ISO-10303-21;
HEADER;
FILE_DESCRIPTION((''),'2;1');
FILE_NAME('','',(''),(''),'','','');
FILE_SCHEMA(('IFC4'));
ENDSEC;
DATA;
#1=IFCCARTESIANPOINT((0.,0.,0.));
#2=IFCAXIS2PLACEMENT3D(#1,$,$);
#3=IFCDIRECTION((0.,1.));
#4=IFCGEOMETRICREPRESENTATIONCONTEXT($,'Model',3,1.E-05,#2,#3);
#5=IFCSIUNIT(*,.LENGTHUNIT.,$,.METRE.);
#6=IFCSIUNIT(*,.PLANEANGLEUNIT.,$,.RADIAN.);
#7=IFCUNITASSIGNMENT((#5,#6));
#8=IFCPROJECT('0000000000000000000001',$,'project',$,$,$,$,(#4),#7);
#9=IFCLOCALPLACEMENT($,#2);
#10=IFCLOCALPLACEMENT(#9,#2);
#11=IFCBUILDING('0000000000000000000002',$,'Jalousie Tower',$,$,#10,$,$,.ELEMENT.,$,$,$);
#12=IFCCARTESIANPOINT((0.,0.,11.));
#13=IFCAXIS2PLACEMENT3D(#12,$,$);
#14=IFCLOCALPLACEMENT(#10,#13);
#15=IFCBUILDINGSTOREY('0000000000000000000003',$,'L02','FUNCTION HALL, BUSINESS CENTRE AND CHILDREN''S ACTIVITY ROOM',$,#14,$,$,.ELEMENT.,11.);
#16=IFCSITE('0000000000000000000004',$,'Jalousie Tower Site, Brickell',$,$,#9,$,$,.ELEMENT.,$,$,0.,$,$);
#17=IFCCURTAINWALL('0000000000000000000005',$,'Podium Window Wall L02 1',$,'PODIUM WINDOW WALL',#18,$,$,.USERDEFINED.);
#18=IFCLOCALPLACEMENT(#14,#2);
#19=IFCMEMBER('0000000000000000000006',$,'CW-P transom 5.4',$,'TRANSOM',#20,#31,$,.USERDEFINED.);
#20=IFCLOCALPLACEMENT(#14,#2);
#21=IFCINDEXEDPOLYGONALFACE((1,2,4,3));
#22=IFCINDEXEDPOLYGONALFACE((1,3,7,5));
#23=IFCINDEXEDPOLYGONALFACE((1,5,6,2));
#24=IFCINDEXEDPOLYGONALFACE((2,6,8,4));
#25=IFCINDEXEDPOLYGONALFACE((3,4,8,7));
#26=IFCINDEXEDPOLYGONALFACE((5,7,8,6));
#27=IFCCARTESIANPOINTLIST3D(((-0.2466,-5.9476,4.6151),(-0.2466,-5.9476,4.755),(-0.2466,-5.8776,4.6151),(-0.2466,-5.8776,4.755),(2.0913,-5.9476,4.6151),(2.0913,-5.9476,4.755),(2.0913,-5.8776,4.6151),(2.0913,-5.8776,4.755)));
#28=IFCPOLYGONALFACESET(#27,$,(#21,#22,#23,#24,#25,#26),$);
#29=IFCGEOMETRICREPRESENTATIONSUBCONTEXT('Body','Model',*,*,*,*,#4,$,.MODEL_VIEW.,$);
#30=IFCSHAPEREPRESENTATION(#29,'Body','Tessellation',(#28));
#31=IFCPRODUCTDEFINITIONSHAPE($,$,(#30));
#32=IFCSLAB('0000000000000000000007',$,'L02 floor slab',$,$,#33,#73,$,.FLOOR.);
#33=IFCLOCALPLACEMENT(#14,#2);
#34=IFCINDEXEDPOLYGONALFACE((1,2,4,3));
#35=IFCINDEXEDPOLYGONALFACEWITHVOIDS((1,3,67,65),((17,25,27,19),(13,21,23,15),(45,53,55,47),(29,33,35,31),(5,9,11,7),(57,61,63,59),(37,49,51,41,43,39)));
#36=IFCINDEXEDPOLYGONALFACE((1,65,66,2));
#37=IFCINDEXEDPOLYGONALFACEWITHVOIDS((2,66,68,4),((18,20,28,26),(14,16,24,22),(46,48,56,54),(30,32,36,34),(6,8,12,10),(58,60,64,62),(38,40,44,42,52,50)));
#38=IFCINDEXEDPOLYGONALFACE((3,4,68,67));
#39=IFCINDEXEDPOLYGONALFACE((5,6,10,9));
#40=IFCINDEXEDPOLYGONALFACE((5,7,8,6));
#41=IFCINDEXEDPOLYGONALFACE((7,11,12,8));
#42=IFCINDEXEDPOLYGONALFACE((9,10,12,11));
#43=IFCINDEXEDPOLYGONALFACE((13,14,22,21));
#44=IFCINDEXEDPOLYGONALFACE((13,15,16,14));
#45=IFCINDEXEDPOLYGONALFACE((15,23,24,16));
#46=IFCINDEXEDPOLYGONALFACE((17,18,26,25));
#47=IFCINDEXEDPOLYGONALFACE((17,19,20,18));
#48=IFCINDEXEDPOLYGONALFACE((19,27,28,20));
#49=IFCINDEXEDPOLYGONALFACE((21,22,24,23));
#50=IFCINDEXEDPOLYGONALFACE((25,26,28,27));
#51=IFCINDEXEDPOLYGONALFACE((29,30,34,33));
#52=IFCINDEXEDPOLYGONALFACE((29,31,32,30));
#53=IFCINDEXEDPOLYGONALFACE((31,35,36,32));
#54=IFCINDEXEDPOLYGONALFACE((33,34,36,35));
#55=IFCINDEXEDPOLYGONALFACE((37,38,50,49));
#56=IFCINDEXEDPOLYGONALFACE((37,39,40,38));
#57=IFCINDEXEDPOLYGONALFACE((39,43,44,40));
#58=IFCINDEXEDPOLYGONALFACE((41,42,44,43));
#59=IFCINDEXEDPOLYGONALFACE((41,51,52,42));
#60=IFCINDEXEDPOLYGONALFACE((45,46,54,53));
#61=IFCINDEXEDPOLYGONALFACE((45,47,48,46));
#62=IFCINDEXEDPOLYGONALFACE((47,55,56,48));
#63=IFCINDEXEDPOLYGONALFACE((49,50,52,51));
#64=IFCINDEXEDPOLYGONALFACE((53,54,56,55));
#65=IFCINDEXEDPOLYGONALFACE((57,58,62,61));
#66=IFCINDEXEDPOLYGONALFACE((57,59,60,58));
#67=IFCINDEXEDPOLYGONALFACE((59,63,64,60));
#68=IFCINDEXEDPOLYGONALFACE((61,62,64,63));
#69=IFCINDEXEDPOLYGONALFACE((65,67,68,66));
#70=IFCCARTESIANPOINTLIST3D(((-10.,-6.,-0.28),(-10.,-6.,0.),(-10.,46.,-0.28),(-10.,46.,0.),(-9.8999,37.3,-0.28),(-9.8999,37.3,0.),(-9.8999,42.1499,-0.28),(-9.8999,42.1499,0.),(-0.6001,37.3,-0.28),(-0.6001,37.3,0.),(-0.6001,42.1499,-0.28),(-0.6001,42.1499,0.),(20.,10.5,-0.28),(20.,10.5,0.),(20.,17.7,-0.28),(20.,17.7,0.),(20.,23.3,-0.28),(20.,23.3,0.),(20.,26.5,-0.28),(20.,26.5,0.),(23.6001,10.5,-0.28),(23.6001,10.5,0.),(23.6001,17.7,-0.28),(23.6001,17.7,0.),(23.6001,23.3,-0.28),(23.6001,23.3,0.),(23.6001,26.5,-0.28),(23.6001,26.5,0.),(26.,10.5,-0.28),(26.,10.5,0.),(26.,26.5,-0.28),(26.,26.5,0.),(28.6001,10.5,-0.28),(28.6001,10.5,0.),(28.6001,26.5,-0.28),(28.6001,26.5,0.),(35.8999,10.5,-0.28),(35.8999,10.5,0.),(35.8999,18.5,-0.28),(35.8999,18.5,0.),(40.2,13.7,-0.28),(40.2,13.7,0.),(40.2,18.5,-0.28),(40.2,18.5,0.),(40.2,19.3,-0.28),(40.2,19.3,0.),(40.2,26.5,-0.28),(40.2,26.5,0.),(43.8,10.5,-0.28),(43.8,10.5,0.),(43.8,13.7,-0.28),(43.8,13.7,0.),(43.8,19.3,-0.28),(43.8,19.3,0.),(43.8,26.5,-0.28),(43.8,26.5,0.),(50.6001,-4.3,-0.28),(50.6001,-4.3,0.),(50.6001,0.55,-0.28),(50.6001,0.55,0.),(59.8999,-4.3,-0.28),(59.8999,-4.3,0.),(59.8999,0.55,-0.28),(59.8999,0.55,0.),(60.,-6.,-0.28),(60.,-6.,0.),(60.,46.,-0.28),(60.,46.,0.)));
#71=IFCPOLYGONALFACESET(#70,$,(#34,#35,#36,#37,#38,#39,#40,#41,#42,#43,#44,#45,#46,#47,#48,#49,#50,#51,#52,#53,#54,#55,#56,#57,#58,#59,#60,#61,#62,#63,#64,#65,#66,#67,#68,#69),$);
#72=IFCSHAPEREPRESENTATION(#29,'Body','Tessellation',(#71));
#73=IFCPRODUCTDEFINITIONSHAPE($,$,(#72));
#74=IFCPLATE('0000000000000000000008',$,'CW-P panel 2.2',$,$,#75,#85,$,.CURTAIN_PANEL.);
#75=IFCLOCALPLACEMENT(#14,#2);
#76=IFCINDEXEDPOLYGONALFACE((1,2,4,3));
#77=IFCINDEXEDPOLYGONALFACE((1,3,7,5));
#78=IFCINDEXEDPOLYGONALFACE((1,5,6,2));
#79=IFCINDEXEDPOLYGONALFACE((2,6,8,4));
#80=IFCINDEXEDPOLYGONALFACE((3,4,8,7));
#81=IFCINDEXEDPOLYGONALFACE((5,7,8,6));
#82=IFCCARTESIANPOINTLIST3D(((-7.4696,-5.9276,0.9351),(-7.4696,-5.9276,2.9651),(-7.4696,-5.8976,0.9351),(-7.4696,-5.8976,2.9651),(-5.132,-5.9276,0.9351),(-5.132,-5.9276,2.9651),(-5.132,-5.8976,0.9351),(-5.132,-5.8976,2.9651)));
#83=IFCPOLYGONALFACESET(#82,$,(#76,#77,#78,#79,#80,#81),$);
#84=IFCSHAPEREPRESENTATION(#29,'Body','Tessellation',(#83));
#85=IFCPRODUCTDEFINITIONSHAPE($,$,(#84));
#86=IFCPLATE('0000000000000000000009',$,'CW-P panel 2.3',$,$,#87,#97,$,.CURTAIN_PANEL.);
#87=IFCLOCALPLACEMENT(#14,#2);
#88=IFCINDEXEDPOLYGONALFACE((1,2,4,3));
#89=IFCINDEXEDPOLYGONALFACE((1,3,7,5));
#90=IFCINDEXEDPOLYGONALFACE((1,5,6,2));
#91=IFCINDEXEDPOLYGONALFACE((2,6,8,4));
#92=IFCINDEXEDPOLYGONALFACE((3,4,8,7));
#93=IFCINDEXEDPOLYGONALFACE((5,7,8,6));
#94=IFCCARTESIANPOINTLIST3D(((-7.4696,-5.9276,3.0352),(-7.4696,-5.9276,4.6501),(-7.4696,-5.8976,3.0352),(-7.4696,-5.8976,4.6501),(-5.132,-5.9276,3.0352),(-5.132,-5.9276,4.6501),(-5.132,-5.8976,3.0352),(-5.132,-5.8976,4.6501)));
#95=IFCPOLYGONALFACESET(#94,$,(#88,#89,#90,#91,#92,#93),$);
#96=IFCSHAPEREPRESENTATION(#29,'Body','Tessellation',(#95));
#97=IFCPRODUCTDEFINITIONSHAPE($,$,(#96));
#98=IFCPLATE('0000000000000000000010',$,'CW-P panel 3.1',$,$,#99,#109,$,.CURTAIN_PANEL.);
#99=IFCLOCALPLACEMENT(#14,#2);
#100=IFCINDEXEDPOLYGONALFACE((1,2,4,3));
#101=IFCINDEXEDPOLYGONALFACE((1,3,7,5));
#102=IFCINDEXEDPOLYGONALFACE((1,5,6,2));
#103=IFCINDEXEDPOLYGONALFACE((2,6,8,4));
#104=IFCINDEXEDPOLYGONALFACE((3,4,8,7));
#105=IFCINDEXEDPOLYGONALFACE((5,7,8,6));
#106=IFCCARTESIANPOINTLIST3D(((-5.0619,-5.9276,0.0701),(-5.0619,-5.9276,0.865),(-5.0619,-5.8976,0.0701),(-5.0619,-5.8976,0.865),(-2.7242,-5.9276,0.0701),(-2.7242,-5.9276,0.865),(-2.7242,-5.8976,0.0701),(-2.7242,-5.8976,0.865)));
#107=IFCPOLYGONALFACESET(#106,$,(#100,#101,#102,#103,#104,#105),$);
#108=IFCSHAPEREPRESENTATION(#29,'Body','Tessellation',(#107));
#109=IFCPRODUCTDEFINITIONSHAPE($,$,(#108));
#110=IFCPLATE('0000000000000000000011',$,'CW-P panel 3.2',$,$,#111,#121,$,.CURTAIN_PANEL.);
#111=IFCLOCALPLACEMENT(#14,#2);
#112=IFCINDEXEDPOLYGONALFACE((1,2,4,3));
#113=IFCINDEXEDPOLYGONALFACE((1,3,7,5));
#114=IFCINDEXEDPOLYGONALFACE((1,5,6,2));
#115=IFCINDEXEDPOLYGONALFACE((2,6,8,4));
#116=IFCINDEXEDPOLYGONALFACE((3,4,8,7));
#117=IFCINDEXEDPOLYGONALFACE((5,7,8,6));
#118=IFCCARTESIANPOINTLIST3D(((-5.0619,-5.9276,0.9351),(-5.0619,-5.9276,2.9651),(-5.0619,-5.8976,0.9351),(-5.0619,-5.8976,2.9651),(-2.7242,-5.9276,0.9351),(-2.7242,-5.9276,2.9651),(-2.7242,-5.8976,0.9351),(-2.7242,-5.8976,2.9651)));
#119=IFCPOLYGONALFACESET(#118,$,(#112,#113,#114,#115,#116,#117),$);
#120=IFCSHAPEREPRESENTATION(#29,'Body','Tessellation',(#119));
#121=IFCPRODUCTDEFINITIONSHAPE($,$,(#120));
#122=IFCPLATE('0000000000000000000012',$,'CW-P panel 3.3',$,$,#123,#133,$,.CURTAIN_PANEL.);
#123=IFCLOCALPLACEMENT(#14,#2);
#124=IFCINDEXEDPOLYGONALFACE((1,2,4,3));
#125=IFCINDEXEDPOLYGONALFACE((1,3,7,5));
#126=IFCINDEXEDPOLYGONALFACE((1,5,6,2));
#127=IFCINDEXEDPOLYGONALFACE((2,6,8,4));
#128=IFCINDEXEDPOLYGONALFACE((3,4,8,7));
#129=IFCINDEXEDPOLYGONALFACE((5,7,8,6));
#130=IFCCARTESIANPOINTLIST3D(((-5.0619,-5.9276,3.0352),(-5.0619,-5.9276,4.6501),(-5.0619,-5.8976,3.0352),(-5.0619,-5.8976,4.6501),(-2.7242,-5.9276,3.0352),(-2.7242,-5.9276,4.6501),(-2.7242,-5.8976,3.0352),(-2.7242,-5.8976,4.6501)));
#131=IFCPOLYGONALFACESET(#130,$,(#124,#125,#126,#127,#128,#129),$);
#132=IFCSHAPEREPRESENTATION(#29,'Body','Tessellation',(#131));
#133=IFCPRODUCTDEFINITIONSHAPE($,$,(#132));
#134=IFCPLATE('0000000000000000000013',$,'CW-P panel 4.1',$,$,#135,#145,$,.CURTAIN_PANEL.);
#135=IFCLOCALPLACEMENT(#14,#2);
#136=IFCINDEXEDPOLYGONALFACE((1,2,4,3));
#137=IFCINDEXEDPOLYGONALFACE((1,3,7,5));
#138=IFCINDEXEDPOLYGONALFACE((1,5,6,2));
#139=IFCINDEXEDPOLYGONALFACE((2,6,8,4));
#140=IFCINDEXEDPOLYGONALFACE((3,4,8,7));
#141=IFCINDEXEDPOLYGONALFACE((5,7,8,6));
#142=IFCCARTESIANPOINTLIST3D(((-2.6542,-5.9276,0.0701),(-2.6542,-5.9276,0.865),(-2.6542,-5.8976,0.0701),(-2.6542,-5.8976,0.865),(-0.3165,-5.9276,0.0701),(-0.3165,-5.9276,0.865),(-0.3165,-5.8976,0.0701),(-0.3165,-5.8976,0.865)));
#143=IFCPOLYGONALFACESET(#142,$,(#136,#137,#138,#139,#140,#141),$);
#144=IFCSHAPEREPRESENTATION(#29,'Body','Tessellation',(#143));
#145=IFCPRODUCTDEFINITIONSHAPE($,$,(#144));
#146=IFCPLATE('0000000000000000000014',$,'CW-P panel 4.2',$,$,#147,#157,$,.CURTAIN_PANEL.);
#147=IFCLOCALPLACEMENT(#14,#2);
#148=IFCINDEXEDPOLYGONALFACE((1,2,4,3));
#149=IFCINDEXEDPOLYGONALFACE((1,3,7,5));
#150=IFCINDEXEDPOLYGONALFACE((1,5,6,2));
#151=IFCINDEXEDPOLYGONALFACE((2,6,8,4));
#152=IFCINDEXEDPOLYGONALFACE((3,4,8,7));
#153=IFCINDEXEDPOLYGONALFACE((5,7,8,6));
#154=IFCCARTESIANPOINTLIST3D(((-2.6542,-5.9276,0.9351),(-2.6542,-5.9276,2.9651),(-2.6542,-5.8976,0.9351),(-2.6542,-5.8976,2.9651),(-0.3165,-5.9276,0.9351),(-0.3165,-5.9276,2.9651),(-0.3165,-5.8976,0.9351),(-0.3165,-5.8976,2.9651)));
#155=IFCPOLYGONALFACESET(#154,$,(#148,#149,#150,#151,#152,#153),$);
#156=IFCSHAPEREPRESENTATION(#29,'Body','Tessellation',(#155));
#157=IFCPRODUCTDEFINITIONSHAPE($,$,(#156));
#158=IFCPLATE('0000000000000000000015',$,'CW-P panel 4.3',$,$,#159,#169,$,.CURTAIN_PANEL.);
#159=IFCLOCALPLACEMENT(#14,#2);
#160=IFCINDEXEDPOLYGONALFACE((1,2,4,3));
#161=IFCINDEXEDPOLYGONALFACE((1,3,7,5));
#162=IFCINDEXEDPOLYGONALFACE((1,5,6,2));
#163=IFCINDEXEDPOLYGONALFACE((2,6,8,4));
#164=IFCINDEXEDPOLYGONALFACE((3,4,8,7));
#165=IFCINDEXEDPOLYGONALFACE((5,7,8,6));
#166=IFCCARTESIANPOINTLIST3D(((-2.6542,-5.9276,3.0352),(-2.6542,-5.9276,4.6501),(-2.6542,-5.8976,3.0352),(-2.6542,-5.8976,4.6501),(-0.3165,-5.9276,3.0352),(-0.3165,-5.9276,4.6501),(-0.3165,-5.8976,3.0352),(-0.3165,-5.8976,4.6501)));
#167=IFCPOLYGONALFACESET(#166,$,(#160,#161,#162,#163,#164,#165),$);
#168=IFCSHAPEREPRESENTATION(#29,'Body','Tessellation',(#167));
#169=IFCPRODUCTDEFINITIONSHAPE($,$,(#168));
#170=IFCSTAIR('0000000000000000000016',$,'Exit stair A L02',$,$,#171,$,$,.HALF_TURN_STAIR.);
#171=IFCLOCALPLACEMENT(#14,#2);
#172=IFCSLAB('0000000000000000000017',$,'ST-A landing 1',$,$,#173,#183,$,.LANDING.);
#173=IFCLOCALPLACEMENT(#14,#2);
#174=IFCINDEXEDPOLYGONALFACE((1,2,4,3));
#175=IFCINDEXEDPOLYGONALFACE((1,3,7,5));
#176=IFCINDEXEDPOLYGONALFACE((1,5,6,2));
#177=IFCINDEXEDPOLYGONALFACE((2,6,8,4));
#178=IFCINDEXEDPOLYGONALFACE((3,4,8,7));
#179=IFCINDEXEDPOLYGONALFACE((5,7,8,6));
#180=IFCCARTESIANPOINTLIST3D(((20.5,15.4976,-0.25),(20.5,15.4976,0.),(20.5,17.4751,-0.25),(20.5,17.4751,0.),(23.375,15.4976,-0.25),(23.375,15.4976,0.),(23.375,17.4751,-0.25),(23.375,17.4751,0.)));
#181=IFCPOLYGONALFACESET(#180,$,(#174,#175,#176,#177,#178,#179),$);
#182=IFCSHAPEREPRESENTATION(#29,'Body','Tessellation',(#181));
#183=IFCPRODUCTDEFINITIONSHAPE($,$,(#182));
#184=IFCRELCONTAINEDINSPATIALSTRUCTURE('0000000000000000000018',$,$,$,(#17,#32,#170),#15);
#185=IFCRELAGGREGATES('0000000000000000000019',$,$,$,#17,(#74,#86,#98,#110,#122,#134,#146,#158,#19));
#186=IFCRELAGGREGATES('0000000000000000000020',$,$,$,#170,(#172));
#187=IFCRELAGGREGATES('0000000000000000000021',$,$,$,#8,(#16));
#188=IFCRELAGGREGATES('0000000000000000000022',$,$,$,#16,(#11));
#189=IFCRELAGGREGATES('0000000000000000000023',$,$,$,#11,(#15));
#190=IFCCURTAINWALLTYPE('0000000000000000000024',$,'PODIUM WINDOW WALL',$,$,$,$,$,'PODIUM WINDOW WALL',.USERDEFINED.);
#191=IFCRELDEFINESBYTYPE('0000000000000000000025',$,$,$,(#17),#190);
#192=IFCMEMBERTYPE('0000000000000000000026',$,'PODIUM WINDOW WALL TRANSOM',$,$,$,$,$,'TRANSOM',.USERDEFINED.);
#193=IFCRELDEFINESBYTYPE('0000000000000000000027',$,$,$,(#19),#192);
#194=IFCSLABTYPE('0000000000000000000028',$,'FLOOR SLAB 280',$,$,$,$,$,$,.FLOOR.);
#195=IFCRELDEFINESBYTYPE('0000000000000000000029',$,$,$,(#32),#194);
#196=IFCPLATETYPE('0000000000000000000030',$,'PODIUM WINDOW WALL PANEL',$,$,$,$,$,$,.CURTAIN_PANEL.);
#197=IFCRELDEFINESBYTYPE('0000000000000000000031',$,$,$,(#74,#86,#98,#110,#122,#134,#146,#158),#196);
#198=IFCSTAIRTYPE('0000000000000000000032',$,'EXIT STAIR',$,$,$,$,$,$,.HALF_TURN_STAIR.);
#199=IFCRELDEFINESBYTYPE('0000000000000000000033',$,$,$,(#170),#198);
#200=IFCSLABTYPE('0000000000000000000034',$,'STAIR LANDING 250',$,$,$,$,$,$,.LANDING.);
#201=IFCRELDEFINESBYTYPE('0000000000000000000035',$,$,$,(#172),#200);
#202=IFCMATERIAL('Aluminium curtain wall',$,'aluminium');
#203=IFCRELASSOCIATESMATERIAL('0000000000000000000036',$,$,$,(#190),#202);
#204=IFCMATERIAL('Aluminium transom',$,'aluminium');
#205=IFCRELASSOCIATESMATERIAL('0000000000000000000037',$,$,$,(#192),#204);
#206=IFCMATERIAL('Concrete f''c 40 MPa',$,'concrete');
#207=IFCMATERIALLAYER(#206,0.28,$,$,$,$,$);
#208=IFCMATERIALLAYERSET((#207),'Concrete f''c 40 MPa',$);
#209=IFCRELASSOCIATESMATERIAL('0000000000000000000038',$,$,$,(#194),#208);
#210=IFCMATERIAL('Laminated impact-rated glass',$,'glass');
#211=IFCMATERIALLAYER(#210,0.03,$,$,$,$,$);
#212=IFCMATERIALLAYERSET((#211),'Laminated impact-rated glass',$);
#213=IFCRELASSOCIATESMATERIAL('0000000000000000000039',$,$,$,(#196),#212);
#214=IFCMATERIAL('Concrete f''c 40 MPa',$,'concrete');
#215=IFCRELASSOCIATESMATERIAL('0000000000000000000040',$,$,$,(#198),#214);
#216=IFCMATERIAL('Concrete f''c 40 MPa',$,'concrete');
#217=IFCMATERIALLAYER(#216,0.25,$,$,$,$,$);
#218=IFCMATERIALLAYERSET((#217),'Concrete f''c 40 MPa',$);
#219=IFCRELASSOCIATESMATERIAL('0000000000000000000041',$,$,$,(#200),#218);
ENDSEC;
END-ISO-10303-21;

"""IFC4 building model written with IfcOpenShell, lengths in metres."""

from ifc_helpers import new_model, si_unit, direction, frame, origin, origin_2d, place, context, subcontext, project, spatial, polyline, rectangle, outline, extrude, material, layer, layer_set, material_profile, profile_set, type_object, element, aggregate, save


model = new_model("IFC4")

# Units and contexts
model_context = context("Model", 3, precision=1e-05, world=origin(), true_north=direction((0.0, 1.0)))
body_context = subcontext(model_context, "Body", "Model", "MODEL_VIEW")
ifc_project = project(units=[si_unit("LENGTHUNIT", "METRE"), si_unit("PLANEANGLEUNIT", "RADIAN")], contexts=[model_context])

# Site, building, storey
site_placement = place(None, origin())
site = spatial("IfcSite", under=ifc_project, at=site_placement, Name="Jalousie Tower Site, Brickell", CompositionType="ELEMENT", RefElevation=0.0)
building_placement = place(site_placement, origin())
building = spatial("IfcBuilding", under=site, at=building_placement, Name="Jalousie Tower", CompositionType="ELEMENT")
storey_placement = place(building_placement, frame((0.0, 0.0, 11.0)))
storey = spatial("IfcBuildingStorey", under=building, at=storey_placement, Name="L02", Description="FUNCTION HALL, BUSINESS CENTRE AND CHILDREN'S ACTIVITY ROOM", CompositionType="ELEMENT", Elevation=11.0)

# Curtain wall, member
ifc_material_1 = material(Name="Aluminium curtain wall", Category="aluminium")
curtain_wall_type = type_object("IfcCurtainWallType", Name="PODIUM WINDOW WALL", ElementType="PODIUM WINDOW WALL", PredefinedType="USERDEFINED", material=ifc_material_1)
curtain_wall_placement = place(storey_placement, origin())
curtain_wall = element("IfcCurtainWall", 1, at=curtain_wall_placement, inside=storey, type_object=curtain_wall_type, Name="Podium Window Wall L02 1", ObjectType="PODIUM WINDOW WALL", PredefinedType="USERDEFINED")
ifc_material_2 = material(Name="Aluminium transom", Category="aluminium")
ifc_material_profile_1 = material_profile(ifc_material_2, rectangle(XDim=0.0701, YDim=0.1399, at=origin_2d()), Name="TRANSOM 70x140")
ifc_profile_set_1 = profile_set([ifc_material_profile_1], Name="Aluminium transom")
member_type_1 = type_object("IfcMemberType", Name="PODIUM WINDOW WALL TRANSOM", ElementType="TRANSOM", PredefinedType="USERDEFINED", material=ifc_profile_set_1)
member_1_placement = place(storey_placement, frame((-0.2466, -5.9126, 4.6851), z_axis=(1.0, 0.0, 0.0), x_axis=(0.0, 1.0, 0.0)))
member_1 = element("IfcMember", 2, at=member_1_placement, type_object=member_type_1, Name="CW-P transom 5.4", ObjectType="TRANSOM", PredefinedType="USERDEFINED", context=body_context, shape_type="SweptSolid", body=[
    extrude(rectangle(XDim=0.0701, YDim=0.1399, at=origin_2d()), origin(), (0.0, 0.0, 1.0), 2.3379),
])

# Slab
ifc_material_3 = material(Name="Concrete f'c 40 MPa", Category="concrete")
ifc_layer_1 = layer(ifc_material_3, 0.28)
ifc_layer_set_1 = layer_set([ifc_layer_1], Name="Concrete f'c 40 MPa")
slab_type_1 = type_object("IfcSlabType", Name="FLOOR SLAB 280", PredefinedType="FLOOR", material=ifc_layer_set_1)
slab_1_placement = place(storey_placement, frame((0.0, 0.0, -0.28)))
element("IfcSlab", 3, at=slab_1_placement, inside=storey, type_object=slab_type_1, Name="L02 floor slab", PredefinedType="FLOOR", context=body_context, shape_type="SweptSolid", body=[
    extrude(outline(polyline([(-10.0, -6.0), (60.0, -6.0), (60.0, 46.0), (-10.0, 46.0), (-10.0, -6.0)]), holes=[polyline([(26.0, 10.5), (26.0, 26.5), (28.6001, 26.5), (28.6001, 10.5), (26.0, 10.5)]), polyline([(20.0, 10.5), (23.6001, 10.5), (23.6001, 17.7), (20.0, 17.7), (20.0, 10.5)]), polyline([(20.0, 23.3), (23.6001, 23.3), (23.6001, 26.5), (20.0, 26.5), (20.0, 23.3)]), polyline([(-9.8999, 37.3), (-0.6001, 37.3), (-0.6001, 42.1499), (-9.8999, 42.1499), (-9.8999, 37.3)]), polyline([(50.6001, -4.3), (59.8999, -4.3), (59.8999, 0.55), (50.6001, 0.55), (50.6001, -4.3)]), polyline([(43.8, 10.5), (35.8999, 10.5), (35.8999, 18.5), (40.2, 18.5), (40.2, 13.7), (43.8, 13.7), (43.8, 10.5)]), polyline([(40.2, 19.3), (43.8, 19.3), (43.8, 26.5), (40.2, 26.5), (40.2, 19.3)])]), origin(), (0.0, 0.0, 1.0), 0.28),
])

# Plates
ifc_material_4 = material(Name="Laminated impact-rated glass", Category="glass")
ifc_layer_2 = layer(ifc_material_4, 0.03)
ifc_layer_set_2 = layer_set([ifc_layer_2], Name="Laminated impact-rated glass")
plate_type = type_object("IfcPlateType", Name="PODIUM WINDOW WALL PANEL", PredefinedType="CURTAIN_PANEL", material=ifc_layer_set_2)
plate_1_placement = place(storey_placement, frame((-6.3008, -5.9126, 0.9351), z_axis=(0.0, 0.0, 1.0), x_axis=(1.0, 0.0, 0.0)))
plate_1 = element("IfcPlate", 4, at=plate_1_placement, type_object=plate_type, Name="CW-P panel 2.2", PredefinedType="CURTAIN_PANEL", context=body_context, shape_type="SweptSolid", body=[
    extrude(rectangle(XDim=2.3376, YDim=0.03, at=origin_2d()), origin(), (0.0, 0.0, 1.0), 2.03),
])
plate_2_placement = place(storey_placement, frame((-6.3008, -5.9126, 3.0352), z_axis=(0.0, 0.0, 1.0), x_axis=(1.0, 0.0, 0.0)))
plate_2 = element("IfcPlate", 5, at=plate_2_placement, type_object=plate_type, Name="CW-P panel 2.3", PredefinedType="CURTAIN_PANEL", context=body_context, shape_type="SweptSolid", body=[
    extrude(rectangle(XDim=2.3376, YDim=0.03, at=origin_2d()), origin(), (0.0, 0.0, 1.0), 1.615),
])
plate_3_placement = place(storey_placement, frame((-3.8931, -5.9126, 0.0701), z_axis=(0.0, 0.0, 1.0), x_axis=(1.0, 0.0, 0.0)))
plate_3 = element("IfcPlate", 6, at=plate_3_placement, type_object=plate_type, Name="CW-P panel 3.1", PredefinedType="CURTAIN_PANEL", context=body_context, shape_type="SweptSolid", body=[
    extrude(rectangle(XDim=2.3376, YDim=0.03, at=origin_2d()), origin(), (0.0, 0.0, 1.0), 0.7949),
])
plate_4_placement = place(storey_placement, frame((-3.8931, -5.9126, 0.9351), z_axis=(0.0, 0.0, 1.0), x_axis=(1.0, 0.0, 0.0)))
plate_4 = element("IfcPlate", 7, at=plate_4_placement, type_object=plate_type, Name="CW-P panel 3.2", PredefinedType="CURTAIN_PANEL", context=body_context, shape_type="SweptSolid", body=[
    extrude(rectangle(XDim=2.3376, YDim=0.03, at=origin_2d()), origin(), (0.0, 0.0, 1.0), 2.03),
])
plate_5_placement = place(storey_placement, frame((-3.8931, -5.9126, 3.0352), z_axis=(0.0, 0.0, 1.0), x_axis=(1.0, 0.0, 0.0)))
plate_5 = element("IfcPlate", 8, at=plate_5_placement, type_object=plate_type, Name="CW-P panel 3.3", PredefinedType="CURTAIN_PANEL", context=body_context, shape_type="SweptSolid", body=[
    extrude(rectangle(XDim=2.3376, YDim=0.03, at=origin_2d()), origin(), (0.0, 0.0, 1.0), 1.615),
])
plate_6_placement = place(storey_placement, frame((-1.4854, -5.9126, 0.0701), z_axis=(0.0, 0.0, 1.0), x_axis=(1.0, 0.0, 0.0)))
plate_6 = element("IfcPlate", 9, at=plate_6_placement, type_object=plate_type, Name="CW-P panel 4.1", PredefinedType="CURTAIN_PANEL", context=body_context, shape_type="SweptSolid", body=[
    extrude(rectangle(XDim=2.3376, YDim=0.03, at=origin_2d()), origin(), (0.0, 0.0, 1.0), 0.7949),
])
plate_7_placement = place(storey_placement, frame((-1.4854, -5.9126, 0.9351), z_axis=(0.0, 0.0, 1.0), x_axis=(1.0, 0.0, 0.0)))
plate_7 = element("IfcPlate", 10, at=plate_7_placement, type_object=plate_type, Name="CW-P panel 4.2", PredefinedType="CURTAIN_PANEL", context=body_context, shape_type="SweptSolid", body=[
    extrude(rectangle(XDim=2.3376, YDim=0.03, at=origin_2d()), origin(), (0.0, 0.0, 1.0), 2.03),
])
plate_8_placement = place(storey_placement, frame((-1.4854, -5.9126, 3.0352), z_axis=(0.0, 0.0, 1.0), x_axis=(1.0, 0.0, 0.0)))
plate_8 = element("IfcPlate", 11, at=plate_8_placement, type_object=plate_type, Name="CW-P panel 4.3", PredefinedType="CURTAIN_PANEL", context=body_context, shape_type="SweptSolid", body=[
    extrude(rectangle(XDim=2.3376, YDim=0.03, at=origin_2d()), origin(), (0.0, 0.0, 1.0), 1.615),
])
aggregate(curtain_wall, [plate_1, plate_2, plate_3, plate_4, plate_5, plate_6, plate_7, plate_8, member_1])

# Stair, slab
ifc_material_5 = material(Name="Concrete f'c 40 MPa", Category="concrete")
stair_type = type_object("IfcStairType", Name="EXIT STAIR", PredefinedType="HALF_TURN_STAIR", material=ifc_material_5)
stair_1_placement = place(storey_placement, origin())
stair_1 = element("IfcStair", 12, at=stair_1_placement, inside=storey, type_object=stair_type, Name="Exit stair A L02", PredefinedType="HALF_TURN_STAIR")
ifc_material_6 = material(Name="Concrete f'c 40 MPa", Category="concrete")
ifc_layer_3 = layer(ifc_material_6, 0.25)
ifc_layer_set_3 = layer_set([ifc_layer_3], Name="Concrete f'c 40 MPa")
slab_type_2 = type_object("IfcSlabType", Name="STAIR LANDING 250", PredefinedType="LANDING", material=ifc_layer_set_3)
slab_2_placement = place(storey_placement, frame((0.0, 0.0, -0.25)))
slab_2 = element("IfcSlab", 13, at=slab_2_placement, type_object=slab_type_2, Name="ST-A landing 1", PredefinedType="LANDING", context=body_context, shape_type="SweptSolid", body=[
    extrude(outline(polyline([(20.5, 15.4976), (23.375, 15.4976), (23.375, 17.4751), (20.5, 17.4751), (20.5, 15.4976)])), origin(), (0.0, 0.0, 1.0), 0.25),
])
aggregate(stair_1, [slab_2])

save(model, "model.ifc")
